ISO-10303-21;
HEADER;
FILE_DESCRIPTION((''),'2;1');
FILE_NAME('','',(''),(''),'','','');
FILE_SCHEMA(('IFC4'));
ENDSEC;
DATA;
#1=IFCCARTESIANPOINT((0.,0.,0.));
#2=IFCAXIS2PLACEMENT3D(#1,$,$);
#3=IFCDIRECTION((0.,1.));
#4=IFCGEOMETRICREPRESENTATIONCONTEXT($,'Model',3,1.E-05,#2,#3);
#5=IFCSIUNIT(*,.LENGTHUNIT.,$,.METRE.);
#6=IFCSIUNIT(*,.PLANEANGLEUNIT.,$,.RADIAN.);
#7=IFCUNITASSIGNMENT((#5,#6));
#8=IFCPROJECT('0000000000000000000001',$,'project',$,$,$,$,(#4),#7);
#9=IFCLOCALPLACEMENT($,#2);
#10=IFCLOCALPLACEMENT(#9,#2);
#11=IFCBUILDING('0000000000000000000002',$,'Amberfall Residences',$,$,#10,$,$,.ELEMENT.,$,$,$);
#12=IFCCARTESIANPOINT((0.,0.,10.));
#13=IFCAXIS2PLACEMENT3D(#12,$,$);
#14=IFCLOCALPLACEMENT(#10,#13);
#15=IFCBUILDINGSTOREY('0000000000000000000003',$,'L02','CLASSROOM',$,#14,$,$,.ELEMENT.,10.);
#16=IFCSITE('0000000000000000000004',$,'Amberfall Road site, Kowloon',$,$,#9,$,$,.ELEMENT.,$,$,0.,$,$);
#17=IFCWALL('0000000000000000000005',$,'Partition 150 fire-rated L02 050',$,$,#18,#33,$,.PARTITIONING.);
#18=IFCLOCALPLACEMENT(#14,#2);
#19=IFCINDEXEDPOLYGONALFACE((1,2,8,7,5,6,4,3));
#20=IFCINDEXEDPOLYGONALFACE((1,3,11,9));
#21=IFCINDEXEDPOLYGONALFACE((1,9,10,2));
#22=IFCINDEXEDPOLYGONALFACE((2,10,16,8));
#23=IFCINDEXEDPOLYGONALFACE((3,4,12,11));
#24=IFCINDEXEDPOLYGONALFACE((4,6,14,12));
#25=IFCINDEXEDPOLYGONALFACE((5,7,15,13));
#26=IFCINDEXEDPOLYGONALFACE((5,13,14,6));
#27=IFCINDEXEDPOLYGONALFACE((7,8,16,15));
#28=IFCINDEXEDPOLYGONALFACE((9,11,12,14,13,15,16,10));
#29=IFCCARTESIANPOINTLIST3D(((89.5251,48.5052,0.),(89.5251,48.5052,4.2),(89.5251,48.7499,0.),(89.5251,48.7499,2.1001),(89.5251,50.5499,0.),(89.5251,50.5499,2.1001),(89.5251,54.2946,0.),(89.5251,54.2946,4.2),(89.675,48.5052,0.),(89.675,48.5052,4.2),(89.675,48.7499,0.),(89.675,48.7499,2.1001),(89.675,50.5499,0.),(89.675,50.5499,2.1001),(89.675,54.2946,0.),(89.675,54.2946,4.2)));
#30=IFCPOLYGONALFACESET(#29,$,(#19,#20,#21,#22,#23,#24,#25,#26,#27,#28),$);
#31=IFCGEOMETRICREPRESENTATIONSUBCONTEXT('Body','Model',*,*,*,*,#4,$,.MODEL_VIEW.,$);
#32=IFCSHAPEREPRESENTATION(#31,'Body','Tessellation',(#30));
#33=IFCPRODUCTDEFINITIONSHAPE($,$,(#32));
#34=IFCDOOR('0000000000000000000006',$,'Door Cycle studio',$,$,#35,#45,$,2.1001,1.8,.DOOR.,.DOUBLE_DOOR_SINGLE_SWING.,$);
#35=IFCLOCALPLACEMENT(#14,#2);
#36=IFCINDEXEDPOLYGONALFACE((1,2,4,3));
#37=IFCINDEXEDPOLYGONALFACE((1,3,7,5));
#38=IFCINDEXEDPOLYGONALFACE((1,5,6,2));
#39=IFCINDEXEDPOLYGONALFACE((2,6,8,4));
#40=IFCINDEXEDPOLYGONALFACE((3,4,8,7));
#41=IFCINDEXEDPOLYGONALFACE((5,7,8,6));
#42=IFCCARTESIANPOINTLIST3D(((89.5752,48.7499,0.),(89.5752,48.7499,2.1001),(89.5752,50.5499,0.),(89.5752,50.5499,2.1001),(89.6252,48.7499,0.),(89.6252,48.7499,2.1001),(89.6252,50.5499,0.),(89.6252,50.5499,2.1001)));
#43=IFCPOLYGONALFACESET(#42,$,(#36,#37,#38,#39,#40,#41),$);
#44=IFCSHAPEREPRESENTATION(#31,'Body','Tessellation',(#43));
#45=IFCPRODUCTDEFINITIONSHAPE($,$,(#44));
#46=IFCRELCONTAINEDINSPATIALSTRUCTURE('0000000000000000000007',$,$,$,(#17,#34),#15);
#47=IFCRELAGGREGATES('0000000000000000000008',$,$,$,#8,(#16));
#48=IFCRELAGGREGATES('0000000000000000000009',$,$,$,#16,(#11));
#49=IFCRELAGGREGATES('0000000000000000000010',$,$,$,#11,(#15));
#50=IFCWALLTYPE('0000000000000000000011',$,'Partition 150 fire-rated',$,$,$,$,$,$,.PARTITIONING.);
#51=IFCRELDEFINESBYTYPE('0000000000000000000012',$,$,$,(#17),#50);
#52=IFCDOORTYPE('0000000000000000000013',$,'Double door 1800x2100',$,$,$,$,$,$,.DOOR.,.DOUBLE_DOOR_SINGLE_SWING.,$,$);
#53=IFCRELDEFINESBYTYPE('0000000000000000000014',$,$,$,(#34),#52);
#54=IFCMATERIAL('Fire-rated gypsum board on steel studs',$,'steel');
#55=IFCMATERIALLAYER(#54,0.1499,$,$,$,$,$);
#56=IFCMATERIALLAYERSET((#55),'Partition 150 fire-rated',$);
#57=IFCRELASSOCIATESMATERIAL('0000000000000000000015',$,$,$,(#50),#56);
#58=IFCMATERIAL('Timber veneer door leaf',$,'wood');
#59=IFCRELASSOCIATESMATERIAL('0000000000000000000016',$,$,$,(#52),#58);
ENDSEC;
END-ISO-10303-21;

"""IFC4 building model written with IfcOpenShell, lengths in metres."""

from ifc_helpers import new_model, si_unit, direction, frame, frame_2d, origin, place, context, subcontext, project, spatial, rectangle, extrude, material, layer, layer_set, type_object, element, fill, save


model = new_model("IFC4")

# Units and contexts
model_context = context("Model", 3, precision=1e-05, world=origin(), true_north=direction((0.0, 1.0)))
body_context = subcontext(model_context, "Body", "Model", "MODEL_VIEW")
ifc_project = project(units=[si_unit("LENGTHUNIT", "METRE"), si_unit("PLANEANGLEUNIT", "RADIAN")], contexts=[model_context])

# Site, building, storey
site_placement = place(None, origin())
site = spatial("IfcSite", under=ifc_project, at=site_placement, Name="Amberfall Road site, Kowloon", CompositionType="ELEMENT", RefElevation=0.0)
building_placement = place(site_placement, origin())
building = spatial("IfcBuilding", under=site, at=building_placement, Name="Amberfall Residences", CompositionType="ELEMENT")
storey_placement = place(building_placement, frame((0.0, 0.0, 10.0)))
storey = spatial("IfcBuildingStorey", under=building, at=storey_placement, Name="L02", Description="CLASSROOM", CompositionType="ELEMENT", Elevation=10.0)

# Shared definitions
ifc_material_1 = material(Name="Fire-rated gypsum board on steel studs", Category="steel")
ifc_layer_1 = layer(ifc_material_1, 0.1499)
ifc_layer_set_1 = layer_set([ifc_layer_1], Name="Partition 150 fire-rated")
wall_type = type_object("IfcWallType", Name="Partition 150 fire-rated", PredefinedType="PARTITIONING", material=ifc_layer_set_1)

# Wall, opening, door
wall_1_placement = place(storey_placement, frame((89.6001, 48.5054, 0.0), z_axis=(0.0, 0.0, 1.0), x_axis=(0.0, 1.0, 0.0)))
wall_1 = element("IfcWall", 1, at=wall_1_placement, inside=storey, type_object=wall_type, Name="Partition 150 fire-rated L02 050", PredefinedType="PARTITIONING", context=body_context, shape_type="SweptSolid", body=[
    extrude(rectangle(XDim=5.7893, YDim=0.1499, at=frame_2d((2.8945, 0.0))), origin(), (0.0, 0.0, 1.0), 4.2),
])
opening_placement = place(wall_1_placement, frame((0.2446, 0.0, 0.0)))
opening = element("IfcOpeningElement", 2, at=opening_placement, cuts=wall_1, PredefinedType="OPENING", context=body_context, shape_type="SweptSolid", body=[
    extrude(rectangle(XDim=1.8, YDim=2.1001, at=frame_2d((0.8999, 1.05))), frame((0.0, 0.085, 0.0), z_axis=(0.0, -1.0, 0.0), x_axis=(1.0, 0.0, 0.0)), (0.0, 0.0, 1.0), 0.1699),
])
ifc_material_2 = material(Name="Timber veneer door leaf", Category="wood")
door_type = type_object("IfcDoorType", Name="Double door 1800x2100", OperationType="DOUBLE_DOOR_SINGLE_SWING", PredefinedType="DOOR", material=ifc_material_2)
door_placement = place(opening_placement, origin())
door = element("IfcDoor", 3, at=door_placement, inside=storey, type_object=door_type, Name="Door Cycle studio", OperationType="DOUBLE_DOOR_SINGLE_SWING", OverallHeight=2.1001, OverallWidth=1.8, PredefinedType="DOOR", context=body_context, shape_type="SweptSolid", body=[
    extrude(rectangle(XDim=1.8, YDim=2.1001, at=frame_2d((0.8999, 1.05))), frame((0.0, 0.0249, 0.0), z_axis=(0.0, -1.0, 0.0), x_axis=(1.0, 0.0, 0.0)), (0.0, 0.0, 1.0), 0.05),
])
fill(opening, door)

save(model, "model.ifc")
